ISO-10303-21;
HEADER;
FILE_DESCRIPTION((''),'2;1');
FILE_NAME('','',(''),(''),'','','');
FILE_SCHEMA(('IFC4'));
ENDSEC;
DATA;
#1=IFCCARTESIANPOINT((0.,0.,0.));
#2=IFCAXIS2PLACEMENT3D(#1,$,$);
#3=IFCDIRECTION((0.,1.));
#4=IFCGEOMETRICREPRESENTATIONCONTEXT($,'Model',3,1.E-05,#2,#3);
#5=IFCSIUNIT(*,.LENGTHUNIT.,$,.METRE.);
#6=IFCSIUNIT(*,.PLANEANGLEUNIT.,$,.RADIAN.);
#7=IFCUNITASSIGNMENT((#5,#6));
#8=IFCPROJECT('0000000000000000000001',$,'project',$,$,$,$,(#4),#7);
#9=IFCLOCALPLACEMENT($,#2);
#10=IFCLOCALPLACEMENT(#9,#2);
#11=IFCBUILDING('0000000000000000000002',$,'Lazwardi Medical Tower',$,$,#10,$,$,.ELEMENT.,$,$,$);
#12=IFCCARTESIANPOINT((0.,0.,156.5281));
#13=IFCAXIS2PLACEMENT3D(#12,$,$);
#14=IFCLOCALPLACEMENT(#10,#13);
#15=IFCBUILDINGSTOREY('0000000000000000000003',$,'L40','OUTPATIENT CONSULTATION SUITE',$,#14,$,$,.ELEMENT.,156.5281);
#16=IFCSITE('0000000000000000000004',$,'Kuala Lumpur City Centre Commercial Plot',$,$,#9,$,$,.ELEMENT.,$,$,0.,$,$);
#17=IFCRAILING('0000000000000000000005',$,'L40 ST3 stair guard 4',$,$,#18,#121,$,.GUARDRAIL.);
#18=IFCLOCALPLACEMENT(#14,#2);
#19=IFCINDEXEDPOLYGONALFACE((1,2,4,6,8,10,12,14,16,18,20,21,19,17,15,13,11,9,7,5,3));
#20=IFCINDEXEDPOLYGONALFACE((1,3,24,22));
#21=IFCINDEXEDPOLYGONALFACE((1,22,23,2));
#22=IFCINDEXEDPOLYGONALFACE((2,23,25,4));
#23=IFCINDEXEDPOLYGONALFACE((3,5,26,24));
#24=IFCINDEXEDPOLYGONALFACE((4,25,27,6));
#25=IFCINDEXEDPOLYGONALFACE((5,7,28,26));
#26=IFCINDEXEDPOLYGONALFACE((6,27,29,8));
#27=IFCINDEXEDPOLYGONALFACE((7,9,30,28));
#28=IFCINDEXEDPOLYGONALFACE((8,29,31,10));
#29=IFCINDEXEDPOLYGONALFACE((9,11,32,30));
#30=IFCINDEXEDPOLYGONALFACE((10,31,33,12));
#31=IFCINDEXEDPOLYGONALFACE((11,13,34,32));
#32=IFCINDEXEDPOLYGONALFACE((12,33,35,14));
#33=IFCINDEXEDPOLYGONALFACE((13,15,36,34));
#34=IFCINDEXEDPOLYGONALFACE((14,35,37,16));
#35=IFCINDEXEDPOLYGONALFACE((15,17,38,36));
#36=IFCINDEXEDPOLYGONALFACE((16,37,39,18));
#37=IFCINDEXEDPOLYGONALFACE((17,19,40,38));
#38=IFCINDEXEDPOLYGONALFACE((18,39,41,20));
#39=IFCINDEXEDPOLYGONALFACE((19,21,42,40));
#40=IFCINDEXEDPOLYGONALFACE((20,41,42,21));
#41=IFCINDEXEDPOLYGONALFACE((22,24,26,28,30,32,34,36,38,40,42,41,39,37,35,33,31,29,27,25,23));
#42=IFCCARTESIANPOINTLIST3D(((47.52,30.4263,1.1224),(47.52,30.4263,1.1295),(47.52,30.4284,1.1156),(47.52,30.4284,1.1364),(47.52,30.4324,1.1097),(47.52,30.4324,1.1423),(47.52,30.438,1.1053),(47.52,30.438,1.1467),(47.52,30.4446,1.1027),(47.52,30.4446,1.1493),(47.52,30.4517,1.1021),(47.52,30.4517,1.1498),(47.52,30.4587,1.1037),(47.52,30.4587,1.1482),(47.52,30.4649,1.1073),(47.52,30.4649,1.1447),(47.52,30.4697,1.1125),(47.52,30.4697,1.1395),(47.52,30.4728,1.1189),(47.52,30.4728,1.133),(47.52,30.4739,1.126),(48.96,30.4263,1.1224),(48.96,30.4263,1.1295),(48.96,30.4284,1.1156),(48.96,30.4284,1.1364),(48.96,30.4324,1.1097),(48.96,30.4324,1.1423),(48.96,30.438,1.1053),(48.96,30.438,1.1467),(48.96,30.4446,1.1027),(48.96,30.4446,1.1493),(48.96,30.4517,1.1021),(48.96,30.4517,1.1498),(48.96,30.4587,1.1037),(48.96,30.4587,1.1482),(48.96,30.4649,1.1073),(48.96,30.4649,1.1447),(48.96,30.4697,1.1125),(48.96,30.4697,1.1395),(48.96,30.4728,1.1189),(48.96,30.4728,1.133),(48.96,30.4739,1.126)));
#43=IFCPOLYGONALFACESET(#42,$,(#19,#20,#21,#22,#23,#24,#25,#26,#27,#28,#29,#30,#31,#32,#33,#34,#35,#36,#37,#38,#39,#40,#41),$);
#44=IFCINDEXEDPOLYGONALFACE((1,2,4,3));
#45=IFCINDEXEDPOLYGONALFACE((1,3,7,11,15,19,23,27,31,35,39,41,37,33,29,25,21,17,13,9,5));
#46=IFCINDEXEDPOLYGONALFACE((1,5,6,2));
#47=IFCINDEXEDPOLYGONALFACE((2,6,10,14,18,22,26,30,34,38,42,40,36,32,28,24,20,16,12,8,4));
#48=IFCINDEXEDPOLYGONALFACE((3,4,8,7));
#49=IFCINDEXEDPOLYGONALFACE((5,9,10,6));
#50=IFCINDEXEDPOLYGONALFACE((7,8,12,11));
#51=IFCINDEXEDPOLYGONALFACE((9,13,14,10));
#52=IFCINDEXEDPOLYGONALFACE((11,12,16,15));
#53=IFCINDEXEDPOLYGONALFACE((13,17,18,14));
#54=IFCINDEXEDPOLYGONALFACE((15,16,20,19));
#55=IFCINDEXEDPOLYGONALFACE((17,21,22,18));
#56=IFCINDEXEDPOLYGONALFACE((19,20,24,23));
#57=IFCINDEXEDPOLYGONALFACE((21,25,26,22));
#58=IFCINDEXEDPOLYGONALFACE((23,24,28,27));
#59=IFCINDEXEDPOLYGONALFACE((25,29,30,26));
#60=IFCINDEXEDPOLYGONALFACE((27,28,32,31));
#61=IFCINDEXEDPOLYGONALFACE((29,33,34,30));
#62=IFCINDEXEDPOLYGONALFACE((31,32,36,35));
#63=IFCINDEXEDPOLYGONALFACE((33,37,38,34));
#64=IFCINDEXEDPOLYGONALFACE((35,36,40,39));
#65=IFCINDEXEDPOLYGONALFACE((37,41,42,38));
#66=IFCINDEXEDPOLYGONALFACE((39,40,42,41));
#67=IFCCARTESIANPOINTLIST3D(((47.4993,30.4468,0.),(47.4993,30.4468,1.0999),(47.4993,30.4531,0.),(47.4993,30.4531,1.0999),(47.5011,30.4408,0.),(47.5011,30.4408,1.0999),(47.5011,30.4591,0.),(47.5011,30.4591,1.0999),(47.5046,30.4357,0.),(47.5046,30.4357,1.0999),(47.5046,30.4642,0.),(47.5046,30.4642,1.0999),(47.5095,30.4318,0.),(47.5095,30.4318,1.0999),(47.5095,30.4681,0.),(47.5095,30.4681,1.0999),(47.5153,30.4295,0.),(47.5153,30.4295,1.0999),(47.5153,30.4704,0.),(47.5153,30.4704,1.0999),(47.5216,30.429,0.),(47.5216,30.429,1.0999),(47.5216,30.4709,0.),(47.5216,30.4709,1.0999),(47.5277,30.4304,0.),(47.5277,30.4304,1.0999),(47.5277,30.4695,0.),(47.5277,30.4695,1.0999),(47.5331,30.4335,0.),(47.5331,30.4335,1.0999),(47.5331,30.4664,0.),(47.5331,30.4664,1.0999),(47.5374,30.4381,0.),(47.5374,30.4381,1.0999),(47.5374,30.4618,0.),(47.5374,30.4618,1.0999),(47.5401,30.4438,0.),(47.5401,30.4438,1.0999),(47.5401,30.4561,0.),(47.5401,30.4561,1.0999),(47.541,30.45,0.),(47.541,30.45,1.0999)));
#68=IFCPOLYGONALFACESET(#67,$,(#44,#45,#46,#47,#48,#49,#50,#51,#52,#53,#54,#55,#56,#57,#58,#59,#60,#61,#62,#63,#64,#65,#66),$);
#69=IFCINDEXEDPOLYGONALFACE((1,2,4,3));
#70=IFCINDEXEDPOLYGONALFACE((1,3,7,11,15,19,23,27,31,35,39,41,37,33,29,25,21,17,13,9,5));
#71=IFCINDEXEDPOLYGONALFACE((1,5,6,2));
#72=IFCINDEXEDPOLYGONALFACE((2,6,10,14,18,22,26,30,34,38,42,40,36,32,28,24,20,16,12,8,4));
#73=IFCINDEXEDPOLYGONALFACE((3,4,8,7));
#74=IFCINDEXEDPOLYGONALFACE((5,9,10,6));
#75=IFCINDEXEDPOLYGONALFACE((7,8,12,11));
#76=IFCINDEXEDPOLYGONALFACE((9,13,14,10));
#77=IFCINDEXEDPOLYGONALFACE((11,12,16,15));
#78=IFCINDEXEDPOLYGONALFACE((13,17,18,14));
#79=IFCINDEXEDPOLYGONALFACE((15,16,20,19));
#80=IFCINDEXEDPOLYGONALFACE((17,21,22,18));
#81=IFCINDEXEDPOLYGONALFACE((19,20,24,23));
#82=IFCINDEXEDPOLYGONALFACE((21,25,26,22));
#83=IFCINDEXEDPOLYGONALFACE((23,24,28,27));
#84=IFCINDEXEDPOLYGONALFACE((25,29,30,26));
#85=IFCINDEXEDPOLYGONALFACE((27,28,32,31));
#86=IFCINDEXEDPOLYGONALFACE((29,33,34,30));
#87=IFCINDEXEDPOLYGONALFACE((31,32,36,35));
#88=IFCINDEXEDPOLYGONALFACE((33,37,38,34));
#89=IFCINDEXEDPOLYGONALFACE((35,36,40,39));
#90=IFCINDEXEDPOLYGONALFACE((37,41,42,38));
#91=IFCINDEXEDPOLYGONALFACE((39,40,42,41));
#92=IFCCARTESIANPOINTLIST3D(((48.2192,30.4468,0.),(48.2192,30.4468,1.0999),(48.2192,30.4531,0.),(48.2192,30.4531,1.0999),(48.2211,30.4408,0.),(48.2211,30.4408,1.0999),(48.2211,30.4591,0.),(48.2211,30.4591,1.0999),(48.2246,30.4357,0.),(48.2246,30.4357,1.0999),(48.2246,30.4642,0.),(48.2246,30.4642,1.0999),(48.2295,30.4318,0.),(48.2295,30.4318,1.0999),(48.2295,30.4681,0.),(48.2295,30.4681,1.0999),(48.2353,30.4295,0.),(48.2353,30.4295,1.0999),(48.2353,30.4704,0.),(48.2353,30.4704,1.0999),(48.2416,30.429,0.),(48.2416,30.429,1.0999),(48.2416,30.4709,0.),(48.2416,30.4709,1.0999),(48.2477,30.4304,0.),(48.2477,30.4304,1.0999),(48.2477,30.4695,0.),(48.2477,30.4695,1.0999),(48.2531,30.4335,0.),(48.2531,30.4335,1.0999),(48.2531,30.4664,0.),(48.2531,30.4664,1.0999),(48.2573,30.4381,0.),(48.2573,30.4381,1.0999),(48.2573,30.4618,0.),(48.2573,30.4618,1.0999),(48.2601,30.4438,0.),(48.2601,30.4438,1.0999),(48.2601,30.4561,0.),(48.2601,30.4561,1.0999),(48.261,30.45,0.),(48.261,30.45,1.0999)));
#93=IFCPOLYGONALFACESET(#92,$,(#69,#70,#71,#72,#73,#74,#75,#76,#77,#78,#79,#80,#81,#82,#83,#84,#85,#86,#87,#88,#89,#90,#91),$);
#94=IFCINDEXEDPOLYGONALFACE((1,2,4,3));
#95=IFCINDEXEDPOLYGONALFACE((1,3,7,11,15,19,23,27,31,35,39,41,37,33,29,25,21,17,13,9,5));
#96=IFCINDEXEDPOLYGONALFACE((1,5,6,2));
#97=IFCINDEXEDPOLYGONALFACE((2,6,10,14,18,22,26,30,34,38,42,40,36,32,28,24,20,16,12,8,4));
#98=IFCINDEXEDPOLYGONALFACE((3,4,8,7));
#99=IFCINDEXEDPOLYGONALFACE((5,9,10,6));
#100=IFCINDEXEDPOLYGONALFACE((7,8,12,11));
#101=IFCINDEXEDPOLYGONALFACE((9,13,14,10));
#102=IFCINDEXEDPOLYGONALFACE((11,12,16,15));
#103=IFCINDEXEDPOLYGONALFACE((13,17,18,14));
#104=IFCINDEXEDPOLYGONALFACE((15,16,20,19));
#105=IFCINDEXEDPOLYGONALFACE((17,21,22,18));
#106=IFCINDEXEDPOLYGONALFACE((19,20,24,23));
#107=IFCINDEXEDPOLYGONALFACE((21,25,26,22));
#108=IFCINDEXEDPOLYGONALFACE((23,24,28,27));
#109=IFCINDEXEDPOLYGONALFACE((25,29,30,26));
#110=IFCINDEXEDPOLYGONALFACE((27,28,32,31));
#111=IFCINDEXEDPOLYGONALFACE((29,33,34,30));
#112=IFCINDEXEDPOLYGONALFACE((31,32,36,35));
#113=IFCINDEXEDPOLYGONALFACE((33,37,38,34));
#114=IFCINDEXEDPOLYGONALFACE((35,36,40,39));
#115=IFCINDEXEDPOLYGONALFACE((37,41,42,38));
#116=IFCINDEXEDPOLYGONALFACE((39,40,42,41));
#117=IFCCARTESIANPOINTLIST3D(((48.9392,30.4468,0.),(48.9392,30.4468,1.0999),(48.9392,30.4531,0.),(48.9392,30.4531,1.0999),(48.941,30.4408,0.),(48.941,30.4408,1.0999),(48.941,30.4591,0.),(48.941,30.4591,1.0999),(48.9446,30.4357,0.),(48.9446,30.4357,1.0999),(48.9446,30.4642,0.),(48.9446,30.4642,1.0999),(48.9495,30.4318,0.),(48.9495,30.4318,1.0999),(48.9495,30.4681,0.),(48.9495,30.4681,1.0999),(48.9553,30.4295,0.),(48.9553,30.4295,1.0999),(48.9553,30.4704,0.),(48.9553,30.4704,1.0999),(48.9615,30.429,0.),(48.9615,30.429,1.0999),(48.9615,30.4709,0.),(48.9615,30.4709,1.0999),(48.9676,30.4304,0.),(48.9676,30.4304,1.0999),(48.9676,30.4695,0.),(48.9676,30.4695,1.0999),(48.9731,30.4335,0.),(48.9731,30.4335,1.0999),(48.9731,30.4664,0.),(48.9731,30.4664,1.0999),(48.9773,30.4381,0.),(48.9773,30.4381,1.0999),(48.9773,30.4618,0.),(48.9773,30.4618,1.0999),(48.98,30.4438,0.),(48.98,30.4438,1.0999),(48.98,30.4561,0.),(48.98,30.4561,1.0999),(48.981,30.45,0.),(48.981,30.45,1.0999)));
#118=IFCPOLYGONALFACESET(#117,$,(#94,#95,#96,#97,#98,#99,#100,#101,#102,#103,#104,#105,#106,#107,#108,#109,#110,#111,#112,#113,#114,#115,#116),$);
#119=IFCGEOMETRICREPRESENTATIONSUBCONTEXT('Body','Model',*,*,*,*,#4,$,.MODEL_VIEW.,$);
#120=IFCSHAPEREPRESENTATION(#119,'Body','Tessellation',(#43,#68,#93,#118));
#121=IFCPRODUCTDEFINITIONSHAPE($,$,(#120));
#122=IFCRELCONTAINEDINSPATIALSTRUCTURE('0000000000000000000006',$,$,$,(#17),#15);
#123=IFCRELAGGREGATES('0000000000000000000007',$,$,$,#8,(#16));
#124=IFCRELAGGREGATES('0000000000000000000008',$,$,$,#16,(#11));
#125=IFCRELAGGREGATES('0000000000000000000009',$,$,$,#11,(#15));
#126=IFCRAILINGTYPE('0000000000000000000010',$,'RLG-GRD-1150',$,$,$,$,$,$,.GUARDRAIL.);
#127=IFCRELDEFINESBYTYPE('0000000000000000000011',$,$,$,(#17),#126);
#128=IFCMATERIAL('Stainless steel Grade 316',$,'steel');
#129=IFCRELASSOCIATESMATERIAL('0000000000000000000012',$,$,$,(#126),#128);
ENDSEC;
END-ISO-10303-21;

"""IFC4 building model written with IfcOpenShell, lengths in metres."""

from ifc_helpers import new_model, si_unit, direction, frame, origin, origin_2d, place, context, subcontext, project, spatial, circle, extrude, material, type_object, element, save


model = new_model("IFC4")

# Units and contexts
model_context = context("Model", 3, precision=1e-05, world=origin(), true_north=direction((0.0, 1.0)))
body_context = subcontext(model_context, "Body", "Model", "MODEL_VIEW")
ifc_project = project(units=[si_unit("LENGTHUNIT", "METRE"), si_unit("PLANEANGLEUNIT", "RADIAN")], contexts=[model_context])

# Site, building, storey
site_placement = place(None, origin())
site = spatial("IfcSite", under=ifc_project, at=site_placement, Name="Kuala Lumpur City Centre Commercial Plot", CompositionType="ELEMENT", RefElevation=0.0)
building_placement = place(site_placement, origin())
building = spatial("IfcBuilding", under=site, at=building_placement, Name="Lazwardi Medical Tower", CompositionType="ELEMENT")
storey_placement = place(building_placement, frame((0.0, 0.0, 156.5281)))
storey = spatial("IfcBuildingStorey", under=building, at=storey_placement, Name="L40", Description="OUTPATIENT CONSULTATION SUITE", CompositionType="ELEMENT", Elevation=156.5281)

# Railing
ifc_material_1 = material(Name="Stainless steel Grade 316", Category="steel")
railing_type = type_object("IfcRailingType", Name="RLG-GRD-1150", PredefinedType="GUARDRAIL", material=ifc_material_1)
railing_1_placement = place(storey_placement, frame((47.52, 30.45, 0.0)))
element("IfcRailing", 1, at=railing_1_placement, inside=storey, type_object=railing_type, Name="L40 ST3 stair guard 4", PredefinedType="GUARDRAIL", context=body_context, shape_type="SweptSolid", body=[
    extrude(circle(Radius=0.0239, at=origin_2d()), frame((0.0, 0.0, 1.126), z_axis=(1.0, 0.0, 0.0), x_axis=(0.0, 1.0, 0.0)), (0.0, 0.0, 1.0), 1.4399),
    extrude(circle(Radius=0.021, at=origin_2d()), origin(), (0.0, 0.0, 1.0), 1.0999),
    extrude(circle(Radius=0.021, at=origin_2d()), frame((0.72, 0.0, 0.0)), (0.0, 0.0, 1.0), 1.0999),
    extrude(circle(Radius=0.021, at=origin_2d()), frame((1.4399, 0.0, 0.0)), (0.0, 0.0, 1.0), 1.0999),
])

save(model, "model.ifc")
